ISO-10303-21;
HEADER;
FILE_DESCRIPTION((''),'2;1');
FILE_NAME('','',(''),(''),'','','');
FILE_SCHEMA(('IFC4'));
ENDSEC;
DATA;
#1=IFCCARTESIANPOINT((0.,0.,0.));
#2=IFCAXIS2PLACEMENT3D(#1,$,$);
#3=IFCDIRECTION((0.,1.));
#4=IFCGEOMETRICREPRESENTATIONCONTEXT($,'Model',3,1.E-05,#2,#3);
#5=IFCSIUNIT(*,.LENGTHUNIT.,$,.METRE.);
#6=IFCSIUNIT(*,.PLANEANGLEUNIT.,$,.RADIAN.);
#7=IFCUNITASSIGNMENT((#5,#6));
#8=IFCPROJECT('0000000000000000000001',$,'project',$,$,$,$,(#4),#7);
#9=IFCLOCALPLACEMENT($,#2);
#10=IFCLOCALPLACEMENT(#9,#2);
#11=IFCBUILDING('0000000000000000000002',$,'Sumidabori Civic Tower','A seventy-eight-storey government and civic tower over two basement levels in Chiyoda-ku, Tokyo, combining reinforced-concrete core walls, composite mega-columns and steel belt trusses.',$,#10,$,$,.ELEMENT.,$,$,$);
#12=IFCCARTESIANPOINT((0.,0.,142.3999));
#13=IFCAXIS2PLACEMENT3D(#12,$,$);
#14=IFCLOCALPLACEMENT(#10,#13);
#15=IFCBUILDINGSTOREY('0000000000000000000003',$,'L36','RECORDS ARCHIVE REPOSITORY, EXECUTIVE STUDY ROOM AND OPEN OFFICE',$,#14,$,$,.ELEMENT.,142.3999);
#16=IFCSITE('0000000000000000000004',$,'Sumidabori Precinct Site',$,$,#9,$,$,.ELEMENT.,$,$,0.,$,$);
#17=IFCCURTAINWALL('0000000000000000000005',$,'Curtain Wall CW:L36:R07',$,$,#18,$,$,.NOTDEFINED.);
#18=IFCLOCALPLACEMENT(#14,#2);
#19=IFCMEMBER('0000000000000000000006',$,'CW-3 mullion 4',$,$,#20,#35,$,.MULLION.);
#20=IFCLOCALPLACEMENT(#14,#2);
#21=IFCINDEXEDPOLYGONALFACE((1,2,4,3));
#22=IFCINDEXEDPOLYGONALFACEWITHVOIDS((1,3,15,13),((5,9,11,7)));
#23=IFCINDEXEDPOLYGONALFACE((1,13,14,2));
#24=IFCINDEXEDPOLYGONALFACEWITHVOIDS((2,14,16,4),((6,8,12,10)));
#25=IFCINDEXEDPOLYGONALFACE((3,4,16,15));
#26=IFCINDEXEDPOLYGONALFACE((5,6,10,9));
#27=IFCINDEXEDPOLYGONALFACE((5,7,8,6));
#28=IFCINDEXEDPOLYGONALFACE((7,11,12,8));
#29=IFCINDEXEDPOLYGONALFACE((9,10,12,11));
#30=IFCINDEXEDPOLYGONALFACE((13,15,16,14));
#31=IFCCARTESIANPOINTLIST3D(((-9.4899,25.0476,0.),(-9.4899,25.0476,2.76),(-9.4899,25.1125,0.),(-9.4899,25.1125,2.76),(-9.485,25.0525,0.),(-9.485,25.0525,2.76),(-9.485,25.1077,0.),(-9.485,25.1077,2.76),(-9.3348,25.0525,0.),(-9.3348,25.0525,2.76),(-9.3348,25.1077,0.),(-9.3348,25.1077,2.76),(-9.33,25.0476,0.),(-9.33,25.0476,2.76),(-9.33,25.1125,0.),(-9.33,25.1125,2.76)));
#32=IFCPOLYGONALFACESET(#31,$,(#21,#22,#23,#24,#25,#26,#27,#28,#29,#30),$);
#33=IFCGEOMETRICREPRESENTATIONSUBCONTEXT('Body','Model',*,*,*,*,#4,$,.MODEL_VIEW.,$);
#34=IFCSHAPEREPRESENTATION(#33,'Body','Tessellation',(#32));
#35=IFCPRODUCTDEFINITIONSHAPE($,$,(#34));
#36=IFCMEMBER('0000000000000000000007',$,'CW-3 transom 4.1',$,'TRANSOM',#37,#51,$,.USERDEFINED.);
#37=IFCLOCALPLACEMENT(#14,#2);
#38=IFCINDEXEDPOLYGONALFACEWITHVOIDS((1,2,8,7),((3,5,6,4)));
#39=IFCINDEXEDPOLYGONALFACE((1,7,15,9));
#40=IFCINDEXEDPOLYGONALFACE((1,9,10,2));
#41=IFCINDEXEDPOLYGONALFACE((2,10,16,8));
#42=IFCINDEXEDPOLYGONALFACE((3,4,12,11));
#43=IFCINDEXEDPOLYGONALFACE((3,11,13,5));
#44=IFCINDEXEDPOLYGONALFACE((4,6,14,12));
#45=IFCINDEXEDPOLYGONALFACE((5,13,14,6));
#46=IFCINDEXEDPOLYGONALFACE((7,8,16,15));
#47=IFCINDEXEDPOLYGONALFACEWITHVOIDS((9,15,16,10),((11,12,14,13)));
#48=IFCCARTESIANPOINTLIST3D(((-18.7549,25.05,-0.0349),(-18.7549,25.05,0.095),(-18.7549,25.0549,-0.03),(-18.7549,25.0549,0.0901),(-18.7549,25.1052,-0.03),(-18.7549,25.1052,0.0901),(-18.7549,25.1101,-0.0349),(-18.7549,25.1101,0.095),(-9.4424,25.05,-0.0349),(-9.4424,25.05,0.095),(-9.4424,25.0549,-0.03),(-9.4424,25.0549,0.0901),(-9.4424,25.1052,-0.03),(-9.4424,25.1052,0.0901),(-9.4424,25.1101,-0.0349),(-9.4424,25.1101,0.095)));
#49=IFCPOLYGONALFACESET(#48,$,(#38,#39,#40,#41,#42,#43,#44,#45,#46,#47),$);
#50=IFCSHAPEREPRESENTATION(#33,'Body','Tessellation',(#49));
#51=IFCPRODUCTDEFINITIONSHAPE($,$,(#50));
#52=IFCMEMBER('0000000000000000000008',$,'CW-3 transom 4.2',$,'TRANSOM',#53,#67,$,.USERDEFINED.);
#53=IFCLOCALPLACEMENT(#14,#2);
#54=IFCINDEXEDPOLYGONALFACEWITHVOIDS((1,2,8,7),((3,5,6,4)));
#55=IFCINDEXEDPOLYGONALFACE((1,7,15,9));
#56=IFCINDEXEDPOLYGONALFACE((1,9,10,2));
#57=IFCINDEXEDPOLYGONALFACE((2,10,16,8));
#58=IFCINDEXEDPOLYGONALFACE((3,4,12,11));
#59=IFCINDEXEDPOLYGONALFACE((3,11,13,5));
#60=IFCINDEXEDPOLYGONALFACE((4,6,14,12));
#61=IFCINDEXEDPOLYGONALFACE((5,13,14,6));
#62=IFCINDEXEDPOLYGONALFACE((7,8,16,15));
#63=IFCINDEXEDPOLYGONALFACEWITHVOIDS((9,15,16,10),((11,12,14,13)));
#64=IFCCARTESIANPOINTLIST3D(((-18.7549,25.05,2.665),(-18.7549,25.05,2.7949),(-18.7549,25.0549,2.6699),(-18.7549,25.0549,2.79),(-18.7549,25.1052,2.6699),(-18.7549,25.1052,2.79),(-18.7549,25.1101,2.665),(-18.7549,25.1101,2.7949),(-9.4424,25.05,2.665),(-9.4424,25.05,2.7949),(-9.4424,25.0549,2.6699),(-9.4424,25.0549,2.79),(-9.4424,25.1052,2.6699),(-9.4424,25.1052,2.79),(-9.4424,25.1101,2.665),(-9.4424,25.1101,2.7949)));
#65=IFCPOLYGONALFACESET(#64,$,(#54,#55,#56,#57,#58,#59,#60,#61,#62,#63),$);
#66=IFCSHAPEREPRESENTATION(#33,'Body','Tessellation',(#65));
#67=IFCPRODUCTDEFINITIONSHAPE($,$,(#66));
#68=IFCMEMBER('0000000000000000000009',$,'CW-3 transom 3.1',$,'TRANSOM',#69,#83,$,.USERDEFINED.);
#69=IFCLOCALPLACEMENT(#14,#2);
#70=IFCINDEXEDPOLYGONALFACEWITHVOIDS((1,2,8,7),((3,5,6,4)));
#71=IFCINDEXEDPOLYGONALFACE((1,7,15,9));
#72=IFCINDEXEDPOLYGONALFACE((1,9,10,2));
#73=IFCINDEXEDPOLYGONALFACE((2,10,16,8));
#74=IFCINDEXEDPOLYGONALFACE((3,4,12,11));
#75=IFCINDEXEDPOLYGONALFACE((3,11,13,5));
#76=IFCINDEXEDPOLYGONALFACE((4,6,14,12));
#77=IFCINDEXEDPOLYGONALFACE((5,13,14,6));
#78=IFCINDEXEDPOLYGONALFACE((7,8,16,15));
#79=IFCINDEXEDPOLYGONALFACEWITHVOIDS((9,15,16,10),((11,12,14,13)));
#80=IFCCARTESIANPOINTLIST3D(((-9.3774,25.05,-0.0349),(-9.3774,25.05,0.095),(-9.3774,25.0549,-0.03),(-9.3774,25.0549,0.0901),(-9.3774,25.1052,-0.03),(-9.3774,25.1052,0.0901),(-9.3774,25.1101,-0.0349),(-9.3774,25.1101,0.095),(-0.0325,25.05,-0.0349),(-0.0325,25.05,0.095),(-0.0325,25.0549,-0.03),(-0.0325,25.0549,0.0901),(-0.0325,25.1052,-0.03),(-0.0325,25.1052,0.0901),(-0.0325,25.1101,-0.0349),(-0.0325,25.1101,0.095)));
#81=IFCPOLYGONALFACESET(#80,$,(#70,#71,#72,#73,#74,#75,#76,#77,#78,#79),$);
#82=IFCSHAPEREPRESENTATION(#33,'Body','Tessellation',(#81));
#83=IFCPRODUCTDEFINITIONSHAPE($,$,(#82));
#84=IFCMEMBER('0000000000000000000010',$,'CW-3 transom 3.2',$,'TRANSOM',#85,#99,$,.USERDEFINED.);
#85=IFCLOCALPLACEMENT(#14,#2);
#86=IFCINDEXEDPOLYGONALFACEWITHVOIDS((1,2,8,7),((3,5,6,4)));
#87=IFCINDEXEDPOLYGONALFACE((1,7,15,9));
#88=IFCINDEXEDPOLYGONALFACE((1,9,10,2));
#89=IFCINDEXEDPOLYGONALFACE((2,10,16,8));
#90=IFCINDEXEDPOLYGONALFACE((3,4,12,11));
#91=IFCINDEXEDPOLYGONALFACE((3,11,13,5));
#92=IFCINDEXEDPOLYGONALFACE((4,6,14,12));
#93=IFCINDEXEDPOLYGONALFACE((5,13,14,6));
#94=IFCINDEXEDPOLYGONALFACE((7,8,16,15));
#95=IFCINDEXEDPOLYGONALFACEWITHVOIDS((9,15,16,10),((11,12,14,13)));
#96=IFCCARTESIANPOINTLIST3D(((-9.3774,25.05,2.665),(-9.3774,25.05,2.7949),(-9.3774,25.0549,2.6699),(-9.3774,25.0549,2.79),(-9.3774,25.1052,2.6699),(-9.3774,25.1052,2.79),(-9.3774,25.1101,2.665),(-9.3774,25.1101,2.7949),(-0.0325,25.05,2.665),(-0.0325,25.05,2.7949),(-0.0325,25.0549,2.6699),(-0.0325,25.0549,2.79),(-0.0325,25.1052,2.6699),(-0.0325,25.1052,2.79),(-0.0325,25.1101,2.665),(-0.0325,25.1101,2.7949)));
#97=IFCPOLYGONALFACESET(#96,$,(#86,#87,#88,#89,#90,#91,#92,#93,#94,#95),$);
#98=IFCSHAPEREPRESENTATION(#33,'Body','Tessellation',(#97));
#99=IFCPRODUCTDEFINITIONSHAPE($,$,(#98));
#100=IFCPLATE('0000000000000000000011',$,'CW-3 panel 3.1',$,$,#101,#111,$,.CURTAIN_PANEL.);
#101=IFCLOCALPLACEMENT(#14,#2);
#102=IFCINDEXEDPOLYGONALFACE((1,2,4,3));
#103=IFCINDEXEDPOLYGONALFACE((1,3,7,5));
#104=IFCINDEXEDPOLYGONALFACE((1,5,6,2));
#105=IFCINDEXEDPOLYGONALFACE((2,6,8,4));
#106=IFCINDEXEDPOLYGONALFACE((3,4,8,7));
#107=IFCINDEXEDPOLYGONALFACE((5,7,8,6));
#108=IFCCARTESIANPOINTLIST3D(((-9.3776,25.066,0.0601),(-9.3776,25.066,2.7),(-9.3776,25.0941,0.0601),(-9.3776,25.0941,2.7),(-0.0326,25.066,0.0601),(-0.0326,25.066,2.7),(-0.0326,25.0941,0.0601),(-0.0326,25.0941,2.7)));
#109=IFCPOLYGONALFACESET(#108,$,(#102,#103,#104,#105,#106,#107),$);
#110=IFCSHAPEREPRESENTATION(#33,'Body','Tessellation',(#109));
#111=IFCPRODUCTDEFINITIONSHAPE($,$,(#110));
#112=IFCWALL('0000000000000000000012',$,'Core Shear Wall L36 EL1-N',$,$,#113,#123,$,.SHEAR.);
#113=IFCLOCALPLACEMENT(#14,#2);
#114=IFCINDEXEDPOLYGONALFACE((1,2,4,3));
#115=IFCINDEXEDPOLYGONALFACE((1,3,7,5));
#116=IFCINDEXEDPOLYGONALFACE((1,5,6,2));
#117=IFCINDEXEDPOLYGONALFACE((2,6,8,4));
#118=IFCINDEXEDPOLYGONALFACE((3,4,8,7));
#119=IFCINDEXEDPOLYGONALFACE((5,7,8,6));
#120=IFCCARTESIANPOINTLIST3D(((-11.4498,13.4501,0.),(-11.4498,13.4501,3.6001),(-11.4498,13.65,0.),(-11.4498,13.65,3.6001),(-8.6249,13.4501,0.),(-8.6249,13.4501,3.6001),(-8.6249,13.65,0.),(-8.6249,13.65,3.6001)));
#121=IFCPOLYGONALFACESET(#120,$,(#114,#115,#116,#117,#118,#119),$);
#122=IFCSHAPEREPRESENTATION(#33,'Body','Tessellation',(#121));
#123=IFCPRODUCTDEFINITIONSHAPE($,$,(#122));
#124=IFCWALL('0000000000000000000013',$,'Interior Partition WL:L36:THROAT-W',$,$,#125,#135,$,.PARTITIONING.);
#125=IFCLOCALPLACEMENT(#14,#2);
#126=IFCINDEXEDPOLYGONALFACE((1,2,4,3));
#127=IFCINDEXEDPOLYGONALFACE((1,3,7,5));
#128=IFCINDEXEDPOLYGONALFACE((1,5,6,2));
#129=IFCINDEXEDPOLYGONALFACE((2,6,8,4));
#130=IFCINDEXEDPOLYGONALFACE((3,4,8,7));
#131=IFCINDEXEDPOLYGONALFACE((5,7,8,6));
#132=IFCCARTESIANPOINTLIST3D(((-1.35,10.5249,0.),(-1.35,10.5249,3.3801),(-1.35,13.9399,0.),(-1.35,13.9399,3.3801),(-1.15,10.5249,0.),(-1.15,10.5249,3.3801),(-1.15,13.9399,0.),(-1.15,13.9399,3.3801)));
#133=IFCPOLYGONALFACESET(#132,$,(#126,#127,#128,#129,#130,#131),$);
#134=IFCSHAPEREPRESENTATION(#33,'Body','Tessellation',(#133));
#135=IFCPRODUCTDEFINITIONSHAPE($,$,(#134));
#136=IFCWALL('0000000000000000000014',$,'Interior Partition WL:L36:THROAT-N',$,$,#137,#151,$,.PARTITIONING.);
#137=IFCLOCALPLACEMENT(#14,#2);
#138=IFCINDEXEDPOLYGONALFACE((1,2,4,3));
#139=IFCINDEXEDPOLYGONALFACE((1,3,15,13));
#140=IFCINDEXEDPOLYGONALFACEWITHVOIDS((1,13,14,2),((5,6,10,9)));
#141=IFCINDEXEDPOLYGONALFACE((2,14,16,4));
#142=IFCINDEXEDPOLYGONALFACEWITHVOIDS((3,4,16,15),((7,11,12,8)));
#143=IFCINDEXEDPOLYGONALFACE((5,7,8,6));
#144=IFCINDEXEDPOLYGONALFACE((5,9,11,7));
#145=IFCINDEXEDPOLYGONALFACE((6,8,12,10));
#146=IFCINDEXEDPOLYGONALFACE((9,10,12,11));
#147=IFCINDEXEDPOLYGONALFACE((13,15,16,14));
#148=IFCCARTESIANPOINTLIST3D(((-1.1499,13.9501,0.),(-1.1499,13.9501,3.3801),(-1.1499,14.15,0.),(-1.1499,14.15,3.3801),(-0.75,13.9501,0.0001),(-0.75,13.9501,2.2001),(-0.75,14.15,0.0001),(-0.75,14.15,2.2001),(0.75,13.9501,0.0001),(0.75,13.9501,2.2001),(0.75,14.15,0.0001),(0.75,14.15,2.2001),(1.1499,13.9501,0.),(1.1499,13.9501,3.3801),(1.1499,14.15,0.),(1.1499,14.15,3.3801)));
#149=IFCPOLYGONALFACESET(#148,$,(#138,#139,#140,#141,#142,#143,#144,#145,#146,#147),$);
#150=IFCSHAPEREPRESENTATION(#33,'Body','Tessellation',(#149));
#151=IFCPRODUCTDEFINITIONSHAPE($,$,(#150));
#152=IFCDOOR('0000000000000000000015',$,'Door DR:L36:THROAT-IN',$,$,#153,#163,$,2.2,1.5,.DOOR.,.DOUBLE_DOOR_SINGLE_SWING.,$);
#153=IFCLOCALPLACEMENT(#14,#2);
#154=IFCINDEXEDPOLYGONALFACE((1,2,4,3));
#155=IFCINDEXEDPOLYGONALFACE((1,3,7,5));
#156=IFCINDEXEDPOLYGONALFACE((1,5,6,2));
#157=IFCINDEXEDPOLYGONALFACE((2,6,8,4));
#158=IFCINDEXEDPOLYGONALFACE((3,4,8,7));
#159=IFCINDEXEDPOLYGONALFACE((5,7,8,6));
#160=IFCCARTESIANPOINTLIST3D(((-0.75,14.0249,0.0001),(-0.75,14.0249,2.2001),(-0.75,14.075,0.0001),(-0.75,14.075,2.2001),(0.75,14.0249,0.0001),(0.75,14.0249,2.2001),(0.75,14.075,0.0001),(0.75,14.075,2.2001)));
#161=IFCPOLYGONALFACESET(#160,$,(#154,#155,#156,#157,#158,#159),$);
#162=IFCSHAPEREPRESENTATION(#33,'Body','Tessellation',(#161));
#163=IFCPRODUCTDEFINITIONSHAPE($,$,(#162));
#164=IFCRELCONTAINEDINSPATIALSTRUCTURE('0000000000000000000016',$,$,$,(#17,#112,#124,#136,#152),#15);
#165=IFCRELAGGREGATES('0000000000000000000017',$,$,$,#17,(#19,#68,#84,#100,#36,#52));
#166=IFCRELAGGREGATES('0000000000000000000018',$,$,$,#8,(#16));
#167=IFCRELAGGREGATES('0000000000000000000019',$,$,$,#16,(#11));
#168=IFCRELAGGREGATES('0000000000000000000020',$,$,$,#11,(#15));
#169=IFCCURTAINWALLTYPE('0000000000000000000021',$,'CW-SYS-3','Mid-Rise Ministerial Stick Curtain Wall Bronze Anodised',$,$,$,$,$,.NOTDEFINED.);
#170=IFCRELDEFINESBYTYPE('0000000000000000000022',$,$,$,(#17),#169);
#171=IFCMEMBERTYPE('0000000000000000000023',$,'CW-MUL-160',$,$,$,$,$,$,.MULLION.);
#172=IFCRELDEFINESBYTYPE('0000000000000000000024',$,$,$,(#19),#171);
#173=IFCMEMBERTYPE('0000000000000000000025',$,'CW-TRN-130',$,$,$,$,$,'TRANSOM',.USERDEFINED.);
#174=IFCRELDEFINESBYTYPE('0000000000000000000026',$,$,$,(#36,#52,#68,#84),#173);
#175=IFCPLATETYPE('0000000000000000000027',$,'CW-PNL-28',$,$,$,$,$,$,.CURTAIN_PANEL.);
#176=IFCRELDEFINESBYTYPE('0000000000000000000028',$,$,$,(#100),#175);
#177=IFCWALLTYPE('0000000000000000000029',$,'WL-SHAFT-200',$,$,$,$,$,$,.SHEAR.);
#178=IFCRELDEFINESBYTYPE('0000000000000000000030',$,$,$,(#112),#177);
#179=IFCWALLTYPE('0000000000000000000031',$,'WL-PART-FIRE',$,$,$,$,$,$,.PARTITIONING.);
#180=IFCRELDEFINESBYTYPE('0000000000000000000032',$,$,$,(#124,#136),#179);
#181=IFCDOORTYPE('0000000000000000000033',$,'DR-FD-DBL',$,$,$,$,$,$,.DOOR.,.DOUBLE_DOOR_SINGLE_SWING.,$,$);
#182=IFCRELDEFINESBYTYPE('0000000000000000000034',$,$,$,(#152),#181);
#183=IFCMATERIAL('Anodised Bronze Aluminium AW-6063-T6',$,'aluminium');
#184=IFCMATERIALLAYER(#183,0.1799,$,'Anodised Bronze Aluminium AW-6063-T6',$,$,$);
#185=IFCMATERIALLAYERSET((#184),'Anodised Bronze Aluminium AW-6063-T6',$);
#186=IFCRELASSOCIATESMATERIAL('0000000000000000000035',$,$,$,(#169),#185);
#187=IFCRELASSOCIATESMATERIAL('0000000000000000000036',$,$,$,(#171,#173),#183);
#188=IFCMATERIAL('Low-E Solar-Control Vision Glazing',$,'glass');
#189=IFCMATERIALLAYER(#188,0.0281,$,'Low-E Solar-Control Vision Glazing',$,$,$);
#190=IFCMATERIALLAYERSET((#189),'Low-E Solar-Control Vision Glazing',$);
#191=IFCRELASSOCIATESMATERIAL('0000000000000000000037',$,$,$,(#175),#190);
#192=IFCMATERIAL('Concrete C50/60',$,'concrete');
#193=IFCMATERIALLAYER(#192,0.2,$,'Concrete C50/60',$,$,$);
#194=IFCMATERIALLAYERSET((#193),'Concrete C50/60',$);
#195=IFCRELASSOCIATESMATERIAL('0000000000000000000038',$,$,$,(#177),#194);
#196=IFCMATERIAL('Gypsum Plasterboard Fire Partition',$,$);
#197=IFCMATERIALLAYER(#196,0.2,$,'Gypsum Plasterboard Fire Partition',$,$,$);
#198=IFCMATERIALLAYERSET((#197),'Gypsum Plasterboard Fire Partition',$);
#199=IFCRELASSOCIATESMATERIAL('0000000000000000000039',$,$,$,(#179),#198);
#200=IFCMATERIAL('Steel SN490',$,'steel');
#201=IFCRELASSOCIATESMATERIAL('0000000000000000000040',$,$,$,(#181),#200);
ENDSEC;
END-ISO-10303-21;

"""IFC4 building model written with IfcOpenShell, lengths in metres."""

from ifc_helpers import new_model, si_unit, direction, frame, frame_2d, origin, origin_2d, place, context, subcontext, project, spatial, rectangle, hollow_rectangle, extrude, source, transform, mapped, material, layer, layer_set, material_profile, profile_set, type_object, element, fill, aggregate, save


model = new_model("IFC4")

# Units and contexts
model_context = context("Model", 3, precision=1e-05, world=origin(), true_north=direction((0.0, 1.0)))
body_context = subcontext(model_context, "Body", "Model", "MODEL_VIEW")
ifc_project = project(units=[si_unit("LENGTHUNIT", "METRE"), si_unit("PLANEANGLEUNIT", "RADIAN")], contexts=[model_context])

# Site, building, storey
site_placement = place(None, origin())
site = spatial("IfcSite", under=ifc_project, at=site_placement, Name="Sumidabori Precinct Site", CompositionType="ELEMENT", RefElevation=0.0)
building_placement = place(site_placement, origin())
building = spatial("IfcBuilding", under=site, at=building_placement, Name="Sumidabori Civic Tower", Description="A seventy-eight-storey government and civic tower over two basement levels in Chiyoda-ku, Tokyo, combining reinforced-concrete core walls, composite mega-columns and steel belt trusses.", CompositionType="ELEMENT")
storey_placement = place(building_placement, frame((0.0, 0.0, 142.3999)))
storey = spatial("IfcBuildingStorey", under=building, at=storey_placement, Name="L36", Description="RECORDS ARCHIVE REPOSITORY, EXECUTIVE STUDY ROOM AND OPEN OFFICE", CompositionType="ELEMENT", Elevation=142.3999)

# Curtain wall, members, plate
ifc_material_1 = material(Name="Anodised Bronze Aluminium AW-6063-T6", Category="aluminium")
ifc_layer_1 = layer(ifc_material_1, 0.1799, Name="Anodised Bronze Aluminium AW-6063-T6")
ifc_layer_set_1 = layer_set([ifc_layer_1], Name="Anodised Bronze Aluminium AW-6063-T6")
curtain_wall_type = type_object("IfcCurtainWallType", Name="CW-SYS-3", Description="Mid-Rise Ministerial Stick Curtain Wall Bronze Anodised", PredefinedType="NOTDEFINED", material=ifc_layer_set_1)
curtain_wall_placement = place(storey_placement, origin())
curtain_wall = element("IfcCurtainWall", 1, at=curtain_wall_placement, inside=storey, type_object=curtain_wall_type, Name="Curtain Wall CW:L36:R07", PredefinedType="NOTDEFINED")
ifc_material_profile_1 = material_profile(ifc_material_1, hollow_rectangle(XDim=0.0649, YDim=0.1599, WallThickness=0.0049, at=origin_2d()), Name="ALU MULLION 160x65")
ifc_profile_set_1 = profile_set([ifc_material_profile_1], Name="Anodised Bronze Aluminium AW-6063-T6")
member_type_1 = type_object("IfcMemberType", Name="CW-MUL-160", PredefinedType="MULLION", material=ifc_profile_set_1)
shared_shape_1 = source(origin(), body_context, "Body", "SweptSolid", [
    extrude(hollow_rectangle(XDim=0.0649, YDim=0.1599, WallThickness=0.0049, at=origin_2d()), origin(), (0.0, 0.0, 1.0), 2.76),
])
member_1_placement = place(storey_placement, frame((-9.4099, 25.0801, 0.0), z_axis=(0.0, 0.0, 1.0), x_axis=(0.0, -1.0, 0.0)))
member_1 = element("IfcMember", 2, at=member_1_placement, type_object=member_type_1, Name="CW-3 mullion 4", PredefinedType="MULLION", context=body_context, shape_type="MappedRepresentation", body=[
    mapped(shared_shape_1, transform((0.0, 0.0, 0.0), x_axis=(1.0, 0.0, 0.0), y_axis=(0.0, 1.0, 0.0), z_axis=(0.0, 0.0, 1.0), scale=1.0)),
])
ifc_material_profile_2 = material_profile(ifc_material_1, hollow_rectangle(XDim=0.0601, YDim=0.1299, WallThickness=0.0049, at=origin_2d()), Name="ALU TRANSOM 130x60")
ifc_profile_set_2 = profile_set([ifc_material_profile_2], Name="Anodised Bronze Aluminium AW-6063-T6")
member_type_2 = type_object("IfcMemberType", Name="CW-TRN-130", ElementType="TRANSOM", PredefinedType="USERDEFINED", material=ifc_profile_set_2)
shared_shape_2 = source(origin(), body_context, "Body", "SweptSolid", [
    extrude(hollow_rectangle(XDim=0.0601, YDim=0.1299, WallThickness=0.0049, at=origin_2d()), origin(), (0.0, 0.0, 1.0), 9.3125),
])
member_2_placement = place(storey_placement, frame((-9.4424, 25.0801, 0.03), z_axis=(-1.0, 0.0, 0.0), x_axis=(0.0, -1.0, 0.0)))
member_2 = element("IfcMember", 3, at=member_2_placement, type_object=member_type_2, Name="CW-3 transom 4.1", ObjectType="TRANSOM", PredefinedType="USERDEFINED", context=body_context, shape_type="MappedRepresentation", body=[
    mapped(shared_shape_2, transform((0.0, 0.0, 0.0), x_axis=(1.0, 0.0, 0.0), y_axis=(0.0, 1.0, 0.0), z_axis=(0.0, 0.0, 1.0), scale=1.0)),
])
member_3_placement = place(storey_placement, frame((-9.4424, 25.0801, 2.73), z_axis=(-1.0, 0.0, 0.0), x_axis=(0.0, -1.0, 0.0)))
member_3 = element("IfcMember", 4, at=member_3_placement, type_object=member_type_2, Name="CW-3 transom 4.2", ObjectType="TRANSOM", PredefinedType="USERDEFINED", context=body_context, shape_type="MappedRepresentation", body=[
    mapped(shared_shape_2, transform((0.0, 0.0, 0.0), x_axis=(1.0, 0.0, 0.0), y_axis=(0.0, 1.0, 0.0), z_axis=(0.0, 0.0, 1.0), scale=1.0)),
])
shared_shape_3 = source(origin(), body_context, "Body", "SweptSolid", [
    extrude(hollow_rectangle(XDim=0.0601, YDim=0.1299, WallThickness=0.0049, at=origin_2d()), origin(), (0.0, 0.0, 1.0), 9.345),
])
member_4_placement = place(storey_placement, frame((-0.0325, 25.0801, 0.03), z_axis=(-1.0, 0.0, 0.0), x_axis=(0.0, -1.0, 0.0)))
member_4 = element("IfcMember", 5, at=member_4_placement, type_object=member_type_2, Name="CW-3 transom 3.1", ObjectType="TRANSOM", PredefinedType="USERDEFINED", context=body_context, shape_type="MappedRepresentation", body=[
    mapped(shared_shape_3, transform((0.0, 0.0, 0.0), x_axis=(1.0, 0.0, 0.0), y_axis=(0.0, 1.0, 0.0), z_axis=(0.0, 0.0, 1.0), scale=1.0)),
])
member_5_placement = place(storey_placement, frame((-0.0325, 25.0801, 2.73), z_axis=(-1.0, 0.0, 0.0), x_axis=(0.0, -1.0, 0.0)))
member_5 = element("IfcMember", 6, at=member_5_placement, type_object=member_type_2, Name="CW-3 transom 3.2", ObjectType="TRANSOM", PredefinedType="USERDEFINED", context=body_context, shape_type="MappedRepresentation", body=[
    mapped(shared_shape_3, transform((0.0, 0.0, 0.0), x_axis=(1.0, 0.0, 0.0), y_axis=(0.0, 1.0, 0.0), z_axis=(0.0, 0.0, 1.0), scale=1.0)),
])
ifc_material_2 = material(Name="Low-E Solar-Control Vision Glazing", Category="glass")
ifc_layer_2 = layer(ifc_material_2, 0.0281, Name="Low-E Solar-Control Vision Glazing")
ifc_layer_set_2 = layer_set([ifc_layer_2], Name="Low-E Solar-Control Vision Glazing")
plate_type = type_object("IfcPlateType", Name="CW-PNL-28", PredefinedType="CURTAIN_PANEL", material=ifc_layer_set_2)
shared_shape_4 = source(origin(), body_context, "Body", "SweptSolid", [
    extrude(rectangle(XDim=9.345, YDim=0.0281, at=origin_2d()), origin(), (0.0, 0.0, 1.0), 2.6399),
])
plate_placement = place(storey_placement, frame((-4.7051, 25.0801, 0.0601), z_axis=(0.0, 0.0, 1.0), x_axis=(-1.0, 0.0, 0.0)))
plate = element("IfcPlate", 7, at=plate_placement, type_object=plate_type, Name="CW-3 panel 3.1", PredefinedType="CURTAIN_PANEL", context=body_context, shape_type="MappedRepresentation", body=[
    mapped(shared_shape_4, transform((0.0, 0.0, 0.0), x_axis=(1.0, 0.0, 0.0), y_axis=(0.0, 1.0, 0.0), z_axis=(0.0, 0.0, 1.0), scale=1.0)),
])
aggregate(curtain_wall, [member_1, member_4, member_5, plate, member_2, member_3])

# Wall
ifc_material_3 = material(Name="Concrete C50/60", Category="concrete")
ifc_layer_3 = layer(ifc_material_3, 0.2, Name="Concrete C50/60")
ifc_layer_set_3 = layer_set([ifc_layer_3], Name="Concrete C50/60")
wall_type_1 = type_object("IfcWallType", Name="WL-SHAFT-200", PredefinedType="SHEAR", material=ifc_layer_set_3)
shared_shape_5 = source(origin(), body_context, "Body", "SweptSolid", [
    extrude(rectangle(XDim=2.825, YDim=0.2, at=frame_2d((1.4126, 0.0))), origin(), (0.0, 0.0, 1.0), 3.6001),
])
wall_1_placement = place(storey_placement, frame((-11.45, 13.55, 0.0), z_axis=(0.0, 0.0, 1.0), x_axis=(1.0, 0.0, 0.0)))
element("IfcWall", 8, at=wall_1_placement, inside=storey, type_object=wall_type_1, Name="Core Shear Wall L36 EL1-N", PredefinedType="SHEAR", context=body_context, shape_type="MappedRepresentation", body=[
    mapped(shared_shape_5, transform((0.0, 0.0, 0.0), x_axis=(1.0, 0.0, 0.0), y_axis=(0.0, 1.0, 0.0), z_axis=(0.0, 0.0, 1.0), scale=1.0)),
])

# Shared definitions
ifc_material_4 = material(Name="Gypsum Plasterboard Fire Partition")
ifc_layer_4 = layer(ifc_material_4, 0.2, Name="Gypsum Plasterboard Fire Partition")
ifc_layer_set_4 = layer_set([ifc_layer_4], Name="Gypsum Plasterboard Fire Partition")
wall_type_2 = type_object("IfcWallType", Name="WL-PART-FIRE", PredefinedType="PARTITIONING", material=ifc_layer_set_4)

# Wall
shared_shape_6 = source(origin(), body_context, "Body", "SweptSolid", [
    extrude(rectangle(XDim=3.415, YDim=0.2, at=frame_2d((1.7075, 0.0))), origin(), (0.0, 0.0, 1.0), 3.3801),
])
wall_2_placement = place(storey_placement, frame((-1.25, 10.5249, 0.0), z_axis=(0.0, 0.0, 1.0), x_axis=(0.0, 1.0, 0.0)))
element("IfcWall", 9, at=wall_2_placement, inside=storey, type_object=wall_type_2, Name="Interior Partition WL:L36:THROAT-W", PredefinedType="PARTITIONING", context=body_context, shape_type="MappedRepresentation", body=[
    mapped(shared_shape_6, transform((0.0, 0.0, 0.0), x_axis=(1.0, 0.0, 0.0), y_axis=(0.0, 1.0, 0.0), z_axis=(0.0, 0.0, 1.0), scale=1.0)),
])

# Wall, opening, door
shared_shape_7 = source(origin(), body_context, "Body", "SweptSolid", [
    extrude(rectangle(XDim=2.2998, YDim=0.2, at=frame_2d((1.1499, 0.0))), origin(), (0.0, 0.0, 1.0), 3.3801),
])
wall_3_placement = place(storey_placement, frame((-1.1499, 14.05, 0.0), z_axis=(0.0, 0.0, 1.0), x_axis=(1.0, 0.0, 0.0)))
wall_3 = element("IfcWall", 10, at=wall_3_placement, inside=storey, type_object=wall_type_2, Name="Interior Partition WL:L36:THROAT-N", PredefinedType="PARTITIONING", context=body_context, shape_type="MappedRepresentation", body=[
    mapped(shared_shape_7, transform((0.0, 0.0, 0.0), x_axis=(1.0, 0.0, 0.0), y_axis=(0.0, 1.0, 0.0), z_axis=(0.0, 0.0, 1.0), scale=1.0)),
])
opening_1_placement = place(wall_3_placement, frame((0.3999, 0.0, 0.0)))
opening_1 = element("IfcOpeningElement", 11, at=opening_1_placement, cuts=wall_3, PredefinedType="OPENING", context=body_context, shape_type="SweptSolid", body=[
    extrude(rectangle(XDim=1.5, YDim=2.2, at=frame_2d((0.75, 1.1001))), frame((0.0, 0.1118, 0.0), z_axis=(0.0, -1.0, 0.0), x_axis=(1.0, 0.0, 0.0)), (0.0, 0.0, 1.0), 0.2239),
])
ifc_material_5 = material(Name="Steel SN490", Category="steel")
door_type_1 = type_object("IfcDoorType", Name="DR-FD-DBL", OperationType="DOUBLE_DOOR_SINGLE_SWING", PredefinedType="DOOR", material=ifc_material_5)
shared_shape_8 = source(origin(), body_context, "Body", "SweptSolid", [
    extrude(rectangle(XDim=1.5, YDim=2.2, at=frame_2d((0.75, 1.1001))), frame((0.0, 0.0249, 0.0), z_axis=(0.0, -1.0, 0.0), x_axis=(1.0, 0.0, 0.0)), (0.0, 0.0, 1.0), 0.05),
])
door_1_placement = place(opening_1_placement, origin())
door_1 = element("IfcDoor", 12, at=door_1_placement, inside=storey, type_object=door_type_1, Name="Door DR:L36:THROAT-IN", OperationType="DOUBLE_DOOR_SINGLE_SWING", OverallHeight=2.2, OverallWidth=1.5, PredefinedType="DOOR", context=body_context, shape_type="MappedRepresentation", body=[
    mapped(shared_shape_8, transform((0.0, 0.0, 0.0), x_axis=(1.0, 0.0, 0.0), y_axis=(0.0, 1.0, 0.0), z_axis=(0.0, 0.0, 1.0), scale=1.0)),
])
fill(opening_1, door_1)

save(model, "model.ifc")
